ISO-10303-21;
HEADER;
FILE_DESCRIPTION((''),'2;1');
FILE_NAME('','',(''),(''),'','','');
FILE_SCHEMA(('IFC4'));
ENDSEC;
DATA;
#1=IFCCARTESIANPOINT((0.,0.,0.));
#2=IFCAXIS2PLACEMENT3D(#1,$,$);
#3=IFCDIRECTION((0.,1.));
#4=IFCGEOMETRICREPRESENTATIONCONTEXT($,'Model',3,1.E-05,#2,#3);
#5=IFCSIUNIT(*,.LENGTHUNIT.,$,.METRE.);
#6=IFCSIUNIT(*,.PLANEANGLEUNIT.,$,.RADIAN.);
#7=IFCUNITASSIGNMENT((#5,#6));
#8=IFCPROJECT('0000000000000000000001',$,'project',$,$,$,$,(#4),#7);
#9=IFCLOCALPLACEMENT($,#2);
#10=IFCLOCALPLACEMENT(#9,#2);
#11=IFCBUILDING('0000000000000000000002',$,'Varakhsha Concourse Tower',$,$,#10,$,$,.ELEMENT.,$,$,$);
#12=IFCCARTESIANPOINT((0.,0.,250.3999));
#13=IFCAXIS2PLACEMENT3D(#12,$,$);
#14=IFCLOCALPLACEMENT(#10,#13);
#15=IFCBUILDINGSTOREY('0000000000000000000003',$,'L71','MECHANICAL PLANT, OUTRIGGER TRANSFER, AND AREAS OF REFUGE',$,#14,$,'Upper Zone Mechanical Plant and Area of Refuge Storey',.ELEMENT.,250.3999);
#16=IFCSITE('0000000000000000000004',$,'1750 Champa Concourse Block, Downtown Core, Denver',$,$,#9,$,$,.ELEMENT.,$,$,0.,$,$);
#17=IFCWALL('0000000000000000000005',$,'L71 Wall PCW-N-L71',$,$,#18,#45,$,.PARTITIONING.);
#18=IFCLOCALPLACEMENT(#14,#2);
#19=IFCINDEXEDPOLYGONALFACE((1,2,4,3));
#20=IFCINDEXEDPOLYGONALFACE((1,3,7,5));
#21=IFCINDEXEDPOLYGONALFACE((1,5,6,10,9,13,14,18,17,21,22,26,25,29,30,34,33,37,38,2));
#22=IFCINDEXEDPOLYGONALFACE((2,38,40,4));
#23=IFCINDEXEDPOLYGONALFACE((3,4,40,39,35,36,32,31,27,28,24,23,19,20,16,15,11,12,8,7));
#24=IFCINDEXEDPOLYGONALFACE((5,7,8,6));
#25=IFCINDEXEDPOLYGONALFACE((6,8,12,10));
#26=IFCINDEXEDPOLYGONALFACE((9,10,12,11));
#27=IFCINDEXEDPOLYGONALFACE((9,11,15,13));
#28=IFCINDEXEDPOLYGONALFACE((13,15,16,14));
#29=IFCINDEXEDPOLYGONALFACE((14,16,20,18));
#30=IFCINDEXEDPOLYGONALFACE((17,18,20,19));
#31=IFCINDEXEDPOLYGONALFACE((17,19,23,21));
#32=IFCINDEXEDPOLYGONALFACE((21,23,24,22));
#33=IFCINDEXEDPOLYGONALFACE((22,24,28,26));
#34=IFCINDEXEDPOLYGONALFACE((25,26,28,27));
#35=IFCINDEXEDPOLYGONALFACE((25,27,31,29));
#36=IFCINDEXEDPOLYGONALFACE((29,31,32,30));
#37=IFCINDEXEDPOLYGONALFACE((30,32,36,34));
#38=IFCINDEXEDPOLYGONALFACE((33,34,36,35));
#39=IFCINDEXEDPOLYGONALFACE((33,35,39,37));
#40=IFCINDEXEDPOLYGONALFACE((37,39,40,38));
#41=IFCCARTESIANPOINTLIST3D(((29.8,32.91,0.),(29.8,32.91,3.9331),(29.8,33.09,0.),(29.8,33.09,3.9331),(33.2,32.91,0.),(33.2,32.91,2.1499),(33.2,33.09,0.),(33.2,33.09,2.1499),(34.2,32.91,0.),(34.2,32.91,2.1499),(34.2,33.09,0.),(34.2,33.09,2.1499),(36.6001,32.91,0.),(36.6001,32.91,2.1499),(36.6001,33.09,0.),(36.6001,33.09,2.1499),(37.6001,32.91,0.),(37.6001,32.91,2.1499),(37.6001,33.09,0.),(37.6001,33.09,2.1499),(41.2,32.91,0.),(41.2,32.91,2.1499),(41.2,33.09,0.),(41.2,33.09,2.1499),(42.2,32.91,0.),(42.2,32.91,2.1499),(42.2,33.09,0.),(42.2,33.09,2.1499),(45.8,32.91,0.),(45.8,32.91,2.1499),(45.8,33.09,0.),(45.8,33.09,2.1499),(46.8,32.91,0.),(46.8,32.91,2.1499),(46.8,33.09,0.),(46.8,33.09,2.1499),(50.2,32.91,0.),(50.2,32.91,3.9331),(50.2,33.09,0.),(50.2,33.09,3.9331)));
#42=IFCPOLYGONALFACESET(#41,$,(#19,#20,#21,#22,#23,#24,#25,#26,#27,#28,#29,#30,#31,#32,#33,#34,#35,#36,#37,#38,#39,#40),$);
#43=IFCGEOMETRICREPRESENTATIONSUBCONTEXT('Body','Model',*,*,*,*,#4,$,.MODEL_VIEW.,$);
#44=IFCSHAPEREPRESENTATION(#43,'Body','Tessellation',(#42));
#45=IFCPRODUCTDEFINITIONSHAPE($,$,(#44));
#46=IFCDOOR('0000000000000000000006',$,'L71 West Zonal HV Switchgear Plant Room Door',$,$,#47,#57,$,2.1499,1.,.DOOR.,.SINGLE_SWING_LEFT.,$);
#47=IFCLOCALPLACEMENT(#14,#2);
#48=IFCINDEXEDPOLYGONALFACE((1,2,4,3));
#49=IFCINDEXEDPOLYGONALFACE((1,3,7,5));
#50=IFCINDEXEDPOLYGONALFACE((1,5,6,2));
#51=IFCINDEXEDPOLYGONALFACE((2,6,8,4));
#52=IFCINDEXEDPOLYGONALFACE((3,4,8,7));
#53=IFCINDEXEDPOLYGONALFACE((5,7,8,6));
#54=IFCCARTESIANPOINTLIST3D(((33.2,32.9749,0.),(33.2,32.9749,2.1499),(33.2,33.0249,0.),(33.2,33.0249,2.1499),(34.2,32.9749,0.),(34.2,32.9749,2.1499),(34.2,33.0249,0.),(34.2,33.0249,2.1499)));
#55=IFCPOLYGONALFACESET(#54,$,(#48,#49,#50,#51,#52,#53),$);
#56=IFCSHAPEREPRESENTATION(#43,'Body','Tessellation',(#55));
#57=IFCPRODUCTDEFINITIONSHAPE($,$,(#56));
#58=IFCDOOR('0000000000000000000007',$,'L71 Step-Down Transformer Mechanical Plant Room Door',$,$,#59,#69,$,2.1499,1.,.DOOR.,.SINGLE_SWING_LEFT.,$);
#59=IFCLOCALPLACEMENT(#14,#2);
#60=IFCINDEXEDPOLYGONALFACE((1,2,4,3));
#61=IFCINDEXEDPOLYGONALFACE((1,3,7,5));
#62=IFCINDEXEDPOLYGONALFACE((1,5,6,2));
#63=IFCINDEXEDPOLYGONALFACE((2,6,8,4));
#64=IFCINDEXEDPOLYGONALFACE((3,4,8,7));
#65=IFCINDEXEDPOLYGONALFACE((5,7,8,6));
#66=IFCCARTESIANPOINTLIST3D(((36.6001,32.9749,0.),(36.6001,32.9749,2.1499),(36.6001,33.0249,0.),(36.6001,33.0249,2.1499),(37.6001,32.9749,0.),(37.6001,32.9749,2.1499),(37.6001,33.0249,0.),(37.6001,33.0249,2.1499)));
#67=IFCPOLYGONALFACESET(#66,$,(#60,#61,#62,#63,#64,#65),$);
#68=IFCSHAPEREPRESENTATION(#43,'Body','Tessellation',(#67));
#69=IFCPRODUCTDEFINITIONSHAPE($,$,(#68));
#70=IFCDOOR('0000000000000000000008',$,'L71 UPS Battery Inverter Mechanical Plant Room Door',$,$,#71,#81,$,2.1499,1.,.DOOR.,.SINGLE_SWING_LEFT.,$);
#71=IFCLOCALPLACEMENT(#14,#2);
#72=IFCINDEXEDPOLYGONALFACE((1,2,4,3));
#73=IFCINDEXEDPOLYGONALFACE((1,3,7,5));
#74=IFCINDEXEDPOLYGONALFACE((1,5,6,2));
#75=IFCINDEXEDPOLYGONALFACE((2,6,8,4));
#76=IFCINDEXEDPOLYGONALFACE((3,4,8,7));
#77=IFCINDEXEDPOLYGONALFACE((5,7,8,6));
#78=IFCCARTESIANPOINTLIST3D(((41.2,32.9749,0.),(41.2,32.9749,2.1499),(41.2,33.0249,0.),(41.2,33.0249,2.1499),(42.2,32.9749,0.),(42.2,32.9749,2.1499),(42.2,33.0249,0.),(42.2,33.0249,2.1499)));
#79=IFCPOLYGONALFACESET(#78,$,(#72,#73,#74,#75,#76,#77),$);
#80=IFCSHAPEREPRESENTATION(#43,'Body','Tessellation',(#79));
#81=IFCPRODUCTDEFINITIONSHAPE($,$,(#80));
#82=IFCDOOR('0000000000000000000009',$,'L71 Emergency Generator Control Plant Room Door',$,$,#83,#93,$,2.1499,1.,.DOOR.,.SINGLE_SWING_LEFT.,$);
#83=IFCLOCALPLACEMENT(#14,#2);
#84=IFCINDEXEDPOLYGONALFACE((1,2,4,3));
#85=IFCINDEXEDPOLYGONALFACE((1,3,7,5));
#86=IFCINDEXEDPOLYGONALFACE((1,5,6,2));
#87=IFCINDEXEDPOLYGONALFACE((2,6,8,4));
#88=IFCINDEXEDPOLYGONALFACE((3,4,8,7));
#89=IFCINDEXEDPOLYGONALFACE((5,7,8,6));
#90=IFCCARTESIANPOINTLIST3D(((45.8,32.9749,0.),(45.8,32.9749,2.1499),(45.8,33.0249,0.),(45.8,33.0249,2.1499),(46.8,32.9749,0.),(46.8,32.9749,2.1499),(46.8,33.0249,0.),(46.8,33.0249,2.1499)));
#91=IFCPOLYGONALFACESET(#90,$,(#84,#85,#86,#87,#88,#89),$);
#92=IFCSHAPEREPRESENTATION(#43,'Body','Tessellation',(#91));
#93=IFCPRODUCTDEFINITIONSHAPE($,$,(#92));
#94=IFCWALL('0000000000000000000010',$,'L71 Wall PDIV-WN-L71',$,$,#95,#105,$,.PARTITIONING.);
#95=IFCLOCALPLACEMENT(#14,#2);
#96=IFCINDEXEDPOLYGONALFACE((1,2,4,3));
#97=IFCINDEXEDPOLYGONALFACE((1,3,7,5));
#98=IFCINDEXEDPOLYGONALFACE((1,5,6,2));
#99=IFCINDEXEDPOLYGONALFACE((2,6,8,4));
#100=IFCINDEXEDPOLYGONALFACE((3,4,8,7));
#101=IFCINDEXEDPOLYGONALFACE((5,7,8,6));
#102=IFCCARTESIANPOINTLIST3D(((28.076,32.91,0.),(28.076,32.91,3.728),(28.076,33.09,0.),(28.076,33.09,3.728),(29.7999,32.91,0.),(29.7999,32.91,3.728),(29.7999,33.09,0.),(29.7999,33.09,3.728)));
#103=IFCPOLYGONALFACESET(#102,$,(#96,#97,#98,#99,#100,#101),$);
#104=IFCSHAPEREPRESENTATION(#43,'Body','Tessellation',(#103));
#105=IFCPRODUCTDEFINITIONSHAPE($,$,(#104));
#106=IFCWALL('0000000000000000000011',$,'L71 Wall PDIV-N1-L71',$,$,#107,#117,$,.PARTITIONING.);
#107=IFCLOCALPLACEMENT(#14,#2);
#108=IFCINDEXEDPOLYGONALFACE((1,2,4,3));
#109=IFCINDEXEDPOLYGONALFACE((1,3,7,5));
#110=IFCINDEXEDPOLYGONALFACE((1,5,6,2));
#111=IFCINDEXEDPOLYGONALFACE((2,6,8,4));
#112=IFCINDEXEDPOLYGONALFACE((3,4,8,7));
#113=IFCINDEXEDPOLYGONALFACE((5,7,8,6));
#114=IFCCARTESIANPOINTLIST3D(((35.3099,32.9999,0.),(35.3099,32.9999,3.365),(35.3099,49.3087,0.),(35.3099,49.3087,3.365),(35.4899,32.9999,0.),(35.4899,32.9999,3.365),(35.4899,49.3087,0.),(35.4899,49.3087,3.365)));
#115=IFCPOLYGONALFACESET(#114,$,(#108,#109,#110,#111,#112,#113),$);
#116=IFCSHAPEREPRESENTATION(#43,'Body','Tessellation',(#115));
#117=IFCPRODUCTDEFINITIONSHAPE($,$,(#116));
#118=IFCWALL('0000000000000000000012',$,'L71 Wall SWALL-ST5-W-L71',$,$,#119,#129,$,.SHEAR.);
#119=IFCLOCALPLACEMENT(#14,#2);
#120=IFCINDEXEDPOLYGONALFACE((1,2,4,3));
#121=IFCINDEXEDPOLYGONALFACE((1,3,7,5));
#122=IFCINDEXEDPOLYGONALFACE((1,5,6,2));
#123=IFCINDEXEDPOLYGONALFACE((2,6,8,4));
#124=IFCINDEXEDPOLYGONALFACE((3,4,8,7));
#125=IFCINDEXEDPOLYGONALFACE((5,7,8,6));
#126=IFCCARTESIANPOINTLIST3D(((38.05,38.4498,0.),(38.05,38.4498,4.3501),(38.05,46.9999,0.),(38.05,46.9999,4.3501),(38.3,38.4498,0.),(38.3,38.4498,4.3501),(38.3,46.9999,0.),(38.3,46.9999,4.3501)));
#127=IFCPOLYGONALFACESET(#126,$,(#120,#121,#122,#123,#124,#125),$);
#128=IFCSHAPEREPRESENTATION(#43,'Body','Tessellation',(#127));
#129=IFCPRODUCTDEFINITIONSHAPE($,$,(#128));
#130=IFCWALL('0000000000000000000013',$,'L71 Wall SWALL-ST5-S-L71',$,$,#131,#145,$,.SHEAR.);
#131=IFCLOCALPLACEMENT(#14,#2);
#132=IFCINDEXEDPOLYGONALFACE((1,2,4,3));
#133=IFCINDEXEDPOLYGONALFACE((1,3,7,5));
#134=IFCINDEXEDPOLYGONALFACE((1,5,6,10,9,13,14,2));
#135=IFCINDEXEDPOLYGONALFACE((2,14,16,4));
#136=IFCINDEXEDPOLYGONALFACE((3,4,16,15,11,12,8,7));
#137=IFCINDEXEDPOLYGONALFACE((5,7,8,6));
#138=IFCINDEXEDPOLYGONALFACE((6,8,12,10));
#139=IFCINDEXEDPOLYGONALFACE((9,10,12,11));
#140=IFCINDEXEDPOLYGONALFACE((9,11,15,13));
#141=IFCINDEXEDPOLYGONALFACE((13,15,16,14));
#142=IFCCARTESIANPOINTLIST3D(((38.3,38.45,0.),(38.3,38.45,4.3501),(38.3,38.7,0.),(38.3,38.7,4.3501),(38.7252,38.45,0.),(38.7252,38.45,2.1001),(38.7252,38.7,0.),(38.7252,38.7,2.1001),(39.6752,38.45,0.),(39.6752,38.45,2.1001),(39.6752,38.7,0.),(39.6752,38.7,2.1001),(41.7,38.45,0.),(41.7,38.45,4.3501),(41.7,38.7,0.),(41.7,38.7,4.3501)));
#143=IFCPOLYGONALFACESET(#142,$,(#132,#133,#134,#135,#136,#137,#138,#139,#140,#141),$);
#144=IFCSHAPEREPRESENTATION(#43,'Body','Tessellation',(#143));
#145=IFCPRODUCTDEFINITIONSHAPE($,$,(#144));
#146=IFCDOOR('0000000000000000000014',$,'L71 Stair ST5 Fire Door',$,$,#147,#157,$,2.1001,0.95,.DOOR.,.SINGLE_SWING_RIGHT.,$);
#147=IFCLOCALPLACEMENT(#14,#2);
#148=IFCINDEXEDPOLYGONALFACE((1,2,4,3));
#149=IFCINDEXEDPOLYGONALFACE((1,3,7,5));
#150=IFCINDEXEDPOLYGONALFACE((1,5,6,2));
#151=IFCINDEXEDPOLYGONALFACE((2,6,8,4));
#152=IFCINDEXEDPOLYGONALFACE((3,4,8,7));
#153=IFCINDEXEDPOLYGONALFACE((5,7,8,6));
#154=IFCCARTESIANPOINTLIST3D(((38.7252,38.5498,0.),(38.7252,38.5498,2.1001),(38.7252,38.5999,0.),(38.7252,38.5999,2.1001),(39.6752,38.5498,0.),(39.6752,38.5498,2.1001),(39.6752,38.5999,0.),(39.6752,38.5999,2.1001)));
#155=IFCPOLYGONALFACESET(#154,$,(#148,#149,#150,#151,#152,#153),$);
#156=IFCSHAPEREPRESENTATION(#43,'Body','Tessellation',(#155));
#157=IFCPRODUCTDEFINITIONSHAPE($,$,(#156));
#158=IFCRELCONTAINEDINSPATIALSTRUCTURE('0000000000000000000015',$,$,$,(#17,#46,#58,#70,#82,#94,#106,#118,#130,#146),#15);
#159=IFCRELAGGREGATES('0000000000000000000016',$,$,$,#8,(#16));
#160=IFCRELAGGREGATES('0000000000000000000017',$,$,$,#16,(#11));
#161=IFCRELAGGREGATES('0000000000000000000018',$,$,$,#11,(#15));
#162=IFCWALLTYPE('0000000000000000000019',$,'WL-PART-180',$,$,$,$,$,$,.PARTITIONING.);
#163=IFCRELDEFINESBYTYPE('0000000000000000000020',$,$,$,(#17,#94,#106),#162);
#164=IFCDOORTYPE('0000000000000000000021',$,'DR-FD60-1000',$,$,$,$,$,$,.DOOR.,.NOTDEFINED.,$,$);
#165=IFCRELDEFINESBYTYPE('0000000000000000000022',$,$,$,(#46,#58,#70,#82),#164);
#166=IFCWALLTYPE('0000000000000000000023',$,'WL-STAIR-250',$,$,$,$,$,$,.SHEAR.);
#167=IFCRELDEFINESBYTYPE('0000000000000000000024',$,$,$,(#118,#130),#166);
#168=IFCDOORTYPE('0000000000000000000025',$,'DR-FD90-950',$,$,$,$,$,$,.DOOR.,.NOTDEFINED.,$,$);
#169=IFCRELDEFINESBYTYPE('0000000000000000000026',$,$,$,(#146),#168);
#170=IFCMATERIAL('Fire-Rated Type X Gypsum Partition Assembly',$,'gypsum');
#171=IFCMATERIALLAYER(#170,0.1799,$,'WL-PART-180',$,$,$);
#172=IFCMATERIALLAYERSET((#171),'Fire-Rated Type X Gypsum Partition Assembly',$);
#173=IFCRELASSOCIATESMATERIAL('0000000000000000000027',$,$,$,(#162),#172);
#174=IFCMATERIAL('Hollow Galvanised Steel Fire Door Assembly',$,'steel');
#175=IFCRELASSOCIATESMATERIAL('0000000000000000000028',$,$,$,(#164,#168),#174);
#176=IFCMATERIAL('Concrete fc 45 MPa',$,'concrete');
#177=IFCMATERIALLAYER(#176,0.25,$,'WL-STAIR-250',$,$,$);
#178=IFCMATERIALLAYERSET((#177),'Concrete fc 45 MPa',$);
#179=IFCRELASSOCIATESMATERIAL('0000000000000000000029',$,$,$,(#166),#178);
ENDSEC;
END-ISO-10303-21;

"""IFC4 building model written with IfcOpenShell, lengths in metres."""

from ifc_helpers import new_model, si_unit, direction, frame, frame_2d, origin, place, context, subcontext, project, spatial, rectangle, extrude, material, layer, layer_set, type_object, element, fill, save


model = new_model("IFC4")

# Units and contexts
model_context = context("Model", 3, precision=1e-05, world=origin(), true_north=direction((0.0, 1.0)))
body_context = subcontext(model_context, "Body", "Model", "MODEL_VIEW")
ifc_project = project(units=[si_unit("LENGTHUNIT", "METRE"), si_unit("PLANEANGLEUNIT", "RADIAN")], contexts=[model_context])

# Site, building, storey
site_placement = place(None, origin())
site = spatial("IfcSite", under=ifc_project, at=site_placement, Name="1750 Champa Concourse Block, Downtown Core, Denver", CompositionType="ELEMENT", RefElevation=0.0)
building_placement = place(site_placement, origin())
building = spatial("IfcBuilding", under=site, at=building_placement, Name="Varakhsha Concourse Tower", CompositionType="ELEMENT")
storey_placement = place(building_placement, frame((0.0, 0.0, 250.3999)))
storey = spatial("IfcBuildingStorey", under=building, at=storey_placement, Name="L71", Description="MECHANICAL PLANT, OUTRIGGER TRANSFER, AND AREAS OF REFUGE", LongName="Upper Zone Mechanical Plant and Area of Refuge Storey", CompositionType="ELEMENT", Elevation=250.3999)

# Wall, openings, doors
ifc_material_1 = material(Name="Fire-Rated Type X Gypsum Partition Assembly", Category="gypsum")
ifc_layer_1 = layer(ifc_material_1, 0.1799, Name="WL-PART-180")
ifc_layer_set_1 = layer_set([ifc_layer_1], Name="Fire-Rated Type X Gypsum Partition Assembly")
wall_type_1 = type_object("IfcWallType", Name="WL-PART-180", PredefinedType="PARTITIONING", material=ifc_layer_set_1)
wall_1_placement = place(storey_placement, frame((29.8, 33.0, 0.0), z_axis=(0.0, 0.0, 1.0), x_axis=(1.0, 0.0, 0.0)))
wall_1 = element("IfcWall", 1, at=wall_1_placement, inside=storey, type_object=wall_type_1, Name="L71 Wall PCW-N-L71", PredefinedType="PARTITIONING", context=body_context, shape_type="SweptSolid", body=[
    extrude(rectangle(XDim=20.3999, YDim=0.1799, at=frame_2d((10.2, 0.0))), origin(), (0.0, 0.0, 1.0), 3.9331),
])
opening_1_placement = place(wall_1_placement, frame((3.3999, 0.0, 0.0)))
opening_1 = element("IfcOpeningElement", 2, at=opening_1_placement, cuts=wall_1, PredefinedType="OPENING", context=body_context, shape_type="SweptSolid", body=[
    extrude(rectangle(XDim=1.0, YDim=2.1499, at=frame_2d((0.5, 1.075))), frame((0.0, 0.0999, 0.0), z_axis=(0.0, -1.0, 0.0), x_axis=(1.0, 0.0, 0.0)), (0.0, 0.0, 1.0), 0.2),
])
opening_2_placement = place(wall_1_placement, frame((6.8, 0.0, 0.0)))
opening_2 = element("IfcOpeningElement", 3, at=opening_2_placement, cuts=wall_1, PredefinedType="OPENING", context=body_context, shape_type="SweptSolid", body=[
    extrude(rectangle(XDim=1.0, YDim=2.1499, at=frame_2d((0.5, 1.075))), frame((0.0, 0.0999, 0.0), z_axis=(0.0, -1.0, 0.0), x_axis=(1.0, 0.0, 0.0)), (0.0, 0.0, 1.0), 0.2),
])
opening_3_placement = place(wall_1_placement, frame((11.3999, 0.0, 0.0)))
opening_3 = element("IfcOpeningElement", 4, at=opening_3_placement, cuts=wall_1, PredefinedType="OPENING", context=body_context, shape_type="SweptSolid", body=[
    extrude(rectangle(XDim=1.0, YDim=2.1499, at=frame_2d((0.5, 1.075))), frame((0.0, 0.0999, 0.0), z_axis=(0.0, -1.0, 0.0), x_axis=(1.0, 0.0, 0.0)), (0.0, 0.0, 1.0), 0.2),
])
opening_4_placement = place(wall_1_placement, frame((16.0, 0.0, 0.0)))
opening_4 = element("IfcOpeningElement", 5, at=opening_4_placement, cuts=wall_1, PredefinedType="OPENING", context=body_context, shape_type="SweptSolid", body=[
    extrude(rectangle(XDim=1.0, YDim=2.1499, at=frame_2d((0.5, 1.075))), frame((0.0, 0.0999, 0.0), z_axis=(0.0, -1.0, 0.0), x_axis=(1.0, 0.0, 0.0)), (0.0, 0.0, 1.0), 0.2),
])
ifc_material_2 = material(Name="Hollow Galvanised Steel Fire Door Assembly", Category="steel")
door_type_1 = type_object("IfcDoorType", Name="DR-FD60-1000", OperationType="NOTDEFINED", PredefinedType="DOOR", material=ifc_material_2)
door_1_placement = place(opening_1_placement, origin())
door_1 = element("IfcDoor", 6, at=door_1_placement, inside=storey, type_object=door_type_1, Name="L71 West Zonal HV Switchgear Plant Room Door", OperationType="SINGLE_SWING_LEFT", OverallHeight=2.1499, OverallWidth=1.0, PredefinedType="DOOR", context=body_context, shape_type="SweptSolid", body=[
    extrude(rectangle(XDim=1.0, YDim=2.1499, at=frame_2d((0.5, 1.075))), frame((0.0, 0.0249, 0.0), z_axis=(0.0, -1.0, 0.0), x_axis=(1.0, 0.0, 0.0)), (0.0, 0.0, 1.0), 0.05),
])
fill(opening_1, door_1)
door_2_placement = place(opening_2_placement, origin())
door_2 = element("IfcDoor", 7, at=door_2_placement, inside=storey, type_object=door_type_1, Name="L71 Step-Down Transformer Mechanical Plant Room Door", OperationType="SINGLE_SWING_LEFT", OverallHeight=2.1499, OverallWidth=1.0, PredefinedType="DOOR", context=body_context, shape_type="SweptSolid", body=[
    extrude(rectangle(XDim=1.0, YDim=2.1499, at=frame_2d((0.5, 1.075))), frame((0.0, 0.0249, 0.0), z_axis=(0.0, -1.0, 0.0), x_axis=(1.0, 0.0, 0.0)), (0.0, 0.0, 1.0), 0.05),
])
fill(opening_2, door_2)
door_3_placement = place(opening_3_placement, origin())
door_3 = element("IfcDoor", 8, at=door_3_placement, inside=storey, type_object=door_type_1, Name="L71 UPS Battery Inverter Mechanical Plant Room Door", OperationType="SINGLE_SWING_LEFT", OverallHeight=2.1499, OverallWidth=1.0, PredefinedType="DOOR", context=body_context, shape_type="SweptSolid", body=[
    extrude(rectangle(XDim=1.0, YDim=2.1499, at=frame_2d((0.5, 1.075))), frame((0.0, 0.0249, 0.0), z_axis=(0.0, -1.0, 0.0), x_axis=(1.0, 0.0, 0.0)), (0.0, 0.0, 1.0), 0.05),
])
fill(opening_3, door_3)
door_4_placement = place(opening_4_placement, origin())
door_4 = element("IfcDoor", 9, at=door_4_placement, inside=storey, type_object=door_type_1, Name="L71 Emergency Generator Control Plant Room Door", OperationType="SINGLE_SWING_LEFT", OverallHeight=2.1499, OverallWidth=1.0, PredefinedType="DOOR", context=body_context, shape_type="SweptSolid", body=[
    extrude(rectangle(XDim=1.0, YDim=2.1499, at=frame_2d((0.5, 1.075))), frame((0.0, 0.0249, 0.0), z_axis=(0.0, -1.0, 0.0), x_axis=(1.0, 0.0, 0.0)), (0.0, 0.0, 1.0), 0.05),
])
fill(opening_4, door_4)

# Walls
wall_2_placement = place(storey_placement, frame((28.0762, 33.0, 0.0), z_axis=(0.0, 0.0, 1.0), x_axis=(1.0, 0.0, 0.0)))
element("IfcWall", 10, at=wall_2_placement, inside=storey, type_object=wall_type_1, Name="L71 Wall PDIV-WN-L71", PredefinedType="PARTITIONING", context=body_context, shape_type="SweptSolid", body=[
    extrude(rectangle(XDim=1.7239, YDim=0.1799, at=frame_2d((0.8618, 0.0))), origin(), (0.0, 0.0, 1.0), 3.728),
])
wall_3_placement = place(storey_placement, frame((35.3999, 33.0, 0.0), z_axis=(0.0, 0.0, 1.0), x_axis=(0.0, 1.0, 0.0)))
element("IfcWall", 11, at=wall_3_placement, inside=storey, type_object=wall_type_1, Name="L71 Wall PDIV-N1-L71", PredefinedType="PARTITIONING", context=body_context, shape_type="SweptSolid", body=[
    extrude(rectangle(XDim=16.3088, YDim=0.1799, at=frame_2d((8.1543, 0.0))), origin(), (0.0, 0.0, 1.0), 3.365),
])
ifc_material_3 = material(Name="Concrete fc 45 MPa", Category="concrete")
ifc_layer_2 = layer(ifc_material_3, 0.25, Name="WL-STAIR-250")
ifc_layer_set_2 = layer_set([ifc_layer_2], Name="Concrete fc 45 MPa")
wall_type_2 = type_object("IfcWallType", Name="WL-STAIR-250", PredefinedType="SHEAR", material=ifc_layer_set_2)
wall_4_placement = place(storey_placement, frame((38.175, 38.45, 0.0), z_axis=(0.0, 0.0, 1.0), x_axis=(0.0, 1.0, 0.0)))
element("IfcWall", 12, at=wall_4_placement, inside=storey, type_object=wall_type_2, Name="L71 Wall SWALL-ST5-W-L71", PredefinedType="SHEAR", context=body_context, shape_type="SweptSolid", body=[
    extrude(rectangle(XDim=8.55, YDim=0.25, at=frame_2d((4.2749, 0.0))), origin(), (0.0, 0.0, 1.0), 4.3501),
])

# Wall, opening, door
wall_5_placement = place(storey_placement, frame((38.3, 38.575, 0.0), z_axis=(0.0, 0.0, 1.0), x_axis=(1.0, 0.0, 0.0)))
wall_5 = element("IfcWall", 13, at=wall_5_placement, inside=storey, type_object=wall_type_2, Name="L71 Wall SWALL-ST5-S-L71", PredefinedType="SHEAR", context=body_context, shape_type="SweptSolid", body=[
    extrude(rectangle(XDim=3.3999, YDim=0.25, at=frame_2d((1.7, 0.0))), origin(), (0.0, 0.0, 1.0), 4.3501),
])
opening_5_placement = place(wall_5_placement, frame((0.425, 0.0, 0.0)))
opening_5 = element("IfcOpeningElement", 14, at=opening_5_placement, cuts=wall_5, PredefinedType="OPENING", context=body_context, shape_type="SweptSolid", body=[
    extrude(rectangle(XDim=0.95, YDim=2.1001, at=frame_2d((0.4751, 1.05))), frame((0.0, 0.135, 0.0), z_axis=(0.0, -1.0, 0.0), x_axis=(1.0, 0.0, 0.0)), (0.0, 0.0, 1.0), 0.27),
])
door_type_2 = type_object("IfcDoorType", Name="DR-FD90-950", OperationType="NOTDEFINED", PredefinedType="DOOR", material=ifc_material_2)
door_5_placement = place(opening_5_placement, origin())
door_5 = element("IfcDoor", 15, at=door_5_placement, inside=storey, type_object=door_type_2, Name="L71 Stair ST5 Fire Door", OperationType="SINGLE_SWING_RIGHT", OverallHeight=2.1001, OverallWidth=0.95, PredefinedType="DOOR", context=body_context, shape_type="SweptSolid", body=[
    extrude(rectangle(XDim=0.95, YDim=2.1001, at=frame_2d((0.4751, 1.05))), frame((0.0, 0.0249, 0.0), z_axis=(0.0, -1.0, 0.0), x_axis=(1.0, 0.0, 0.0)), (0.0, 0.0, 1.0), 0.05),
])
fill(opening_5, door_5)

save(model, "model.ifc")
